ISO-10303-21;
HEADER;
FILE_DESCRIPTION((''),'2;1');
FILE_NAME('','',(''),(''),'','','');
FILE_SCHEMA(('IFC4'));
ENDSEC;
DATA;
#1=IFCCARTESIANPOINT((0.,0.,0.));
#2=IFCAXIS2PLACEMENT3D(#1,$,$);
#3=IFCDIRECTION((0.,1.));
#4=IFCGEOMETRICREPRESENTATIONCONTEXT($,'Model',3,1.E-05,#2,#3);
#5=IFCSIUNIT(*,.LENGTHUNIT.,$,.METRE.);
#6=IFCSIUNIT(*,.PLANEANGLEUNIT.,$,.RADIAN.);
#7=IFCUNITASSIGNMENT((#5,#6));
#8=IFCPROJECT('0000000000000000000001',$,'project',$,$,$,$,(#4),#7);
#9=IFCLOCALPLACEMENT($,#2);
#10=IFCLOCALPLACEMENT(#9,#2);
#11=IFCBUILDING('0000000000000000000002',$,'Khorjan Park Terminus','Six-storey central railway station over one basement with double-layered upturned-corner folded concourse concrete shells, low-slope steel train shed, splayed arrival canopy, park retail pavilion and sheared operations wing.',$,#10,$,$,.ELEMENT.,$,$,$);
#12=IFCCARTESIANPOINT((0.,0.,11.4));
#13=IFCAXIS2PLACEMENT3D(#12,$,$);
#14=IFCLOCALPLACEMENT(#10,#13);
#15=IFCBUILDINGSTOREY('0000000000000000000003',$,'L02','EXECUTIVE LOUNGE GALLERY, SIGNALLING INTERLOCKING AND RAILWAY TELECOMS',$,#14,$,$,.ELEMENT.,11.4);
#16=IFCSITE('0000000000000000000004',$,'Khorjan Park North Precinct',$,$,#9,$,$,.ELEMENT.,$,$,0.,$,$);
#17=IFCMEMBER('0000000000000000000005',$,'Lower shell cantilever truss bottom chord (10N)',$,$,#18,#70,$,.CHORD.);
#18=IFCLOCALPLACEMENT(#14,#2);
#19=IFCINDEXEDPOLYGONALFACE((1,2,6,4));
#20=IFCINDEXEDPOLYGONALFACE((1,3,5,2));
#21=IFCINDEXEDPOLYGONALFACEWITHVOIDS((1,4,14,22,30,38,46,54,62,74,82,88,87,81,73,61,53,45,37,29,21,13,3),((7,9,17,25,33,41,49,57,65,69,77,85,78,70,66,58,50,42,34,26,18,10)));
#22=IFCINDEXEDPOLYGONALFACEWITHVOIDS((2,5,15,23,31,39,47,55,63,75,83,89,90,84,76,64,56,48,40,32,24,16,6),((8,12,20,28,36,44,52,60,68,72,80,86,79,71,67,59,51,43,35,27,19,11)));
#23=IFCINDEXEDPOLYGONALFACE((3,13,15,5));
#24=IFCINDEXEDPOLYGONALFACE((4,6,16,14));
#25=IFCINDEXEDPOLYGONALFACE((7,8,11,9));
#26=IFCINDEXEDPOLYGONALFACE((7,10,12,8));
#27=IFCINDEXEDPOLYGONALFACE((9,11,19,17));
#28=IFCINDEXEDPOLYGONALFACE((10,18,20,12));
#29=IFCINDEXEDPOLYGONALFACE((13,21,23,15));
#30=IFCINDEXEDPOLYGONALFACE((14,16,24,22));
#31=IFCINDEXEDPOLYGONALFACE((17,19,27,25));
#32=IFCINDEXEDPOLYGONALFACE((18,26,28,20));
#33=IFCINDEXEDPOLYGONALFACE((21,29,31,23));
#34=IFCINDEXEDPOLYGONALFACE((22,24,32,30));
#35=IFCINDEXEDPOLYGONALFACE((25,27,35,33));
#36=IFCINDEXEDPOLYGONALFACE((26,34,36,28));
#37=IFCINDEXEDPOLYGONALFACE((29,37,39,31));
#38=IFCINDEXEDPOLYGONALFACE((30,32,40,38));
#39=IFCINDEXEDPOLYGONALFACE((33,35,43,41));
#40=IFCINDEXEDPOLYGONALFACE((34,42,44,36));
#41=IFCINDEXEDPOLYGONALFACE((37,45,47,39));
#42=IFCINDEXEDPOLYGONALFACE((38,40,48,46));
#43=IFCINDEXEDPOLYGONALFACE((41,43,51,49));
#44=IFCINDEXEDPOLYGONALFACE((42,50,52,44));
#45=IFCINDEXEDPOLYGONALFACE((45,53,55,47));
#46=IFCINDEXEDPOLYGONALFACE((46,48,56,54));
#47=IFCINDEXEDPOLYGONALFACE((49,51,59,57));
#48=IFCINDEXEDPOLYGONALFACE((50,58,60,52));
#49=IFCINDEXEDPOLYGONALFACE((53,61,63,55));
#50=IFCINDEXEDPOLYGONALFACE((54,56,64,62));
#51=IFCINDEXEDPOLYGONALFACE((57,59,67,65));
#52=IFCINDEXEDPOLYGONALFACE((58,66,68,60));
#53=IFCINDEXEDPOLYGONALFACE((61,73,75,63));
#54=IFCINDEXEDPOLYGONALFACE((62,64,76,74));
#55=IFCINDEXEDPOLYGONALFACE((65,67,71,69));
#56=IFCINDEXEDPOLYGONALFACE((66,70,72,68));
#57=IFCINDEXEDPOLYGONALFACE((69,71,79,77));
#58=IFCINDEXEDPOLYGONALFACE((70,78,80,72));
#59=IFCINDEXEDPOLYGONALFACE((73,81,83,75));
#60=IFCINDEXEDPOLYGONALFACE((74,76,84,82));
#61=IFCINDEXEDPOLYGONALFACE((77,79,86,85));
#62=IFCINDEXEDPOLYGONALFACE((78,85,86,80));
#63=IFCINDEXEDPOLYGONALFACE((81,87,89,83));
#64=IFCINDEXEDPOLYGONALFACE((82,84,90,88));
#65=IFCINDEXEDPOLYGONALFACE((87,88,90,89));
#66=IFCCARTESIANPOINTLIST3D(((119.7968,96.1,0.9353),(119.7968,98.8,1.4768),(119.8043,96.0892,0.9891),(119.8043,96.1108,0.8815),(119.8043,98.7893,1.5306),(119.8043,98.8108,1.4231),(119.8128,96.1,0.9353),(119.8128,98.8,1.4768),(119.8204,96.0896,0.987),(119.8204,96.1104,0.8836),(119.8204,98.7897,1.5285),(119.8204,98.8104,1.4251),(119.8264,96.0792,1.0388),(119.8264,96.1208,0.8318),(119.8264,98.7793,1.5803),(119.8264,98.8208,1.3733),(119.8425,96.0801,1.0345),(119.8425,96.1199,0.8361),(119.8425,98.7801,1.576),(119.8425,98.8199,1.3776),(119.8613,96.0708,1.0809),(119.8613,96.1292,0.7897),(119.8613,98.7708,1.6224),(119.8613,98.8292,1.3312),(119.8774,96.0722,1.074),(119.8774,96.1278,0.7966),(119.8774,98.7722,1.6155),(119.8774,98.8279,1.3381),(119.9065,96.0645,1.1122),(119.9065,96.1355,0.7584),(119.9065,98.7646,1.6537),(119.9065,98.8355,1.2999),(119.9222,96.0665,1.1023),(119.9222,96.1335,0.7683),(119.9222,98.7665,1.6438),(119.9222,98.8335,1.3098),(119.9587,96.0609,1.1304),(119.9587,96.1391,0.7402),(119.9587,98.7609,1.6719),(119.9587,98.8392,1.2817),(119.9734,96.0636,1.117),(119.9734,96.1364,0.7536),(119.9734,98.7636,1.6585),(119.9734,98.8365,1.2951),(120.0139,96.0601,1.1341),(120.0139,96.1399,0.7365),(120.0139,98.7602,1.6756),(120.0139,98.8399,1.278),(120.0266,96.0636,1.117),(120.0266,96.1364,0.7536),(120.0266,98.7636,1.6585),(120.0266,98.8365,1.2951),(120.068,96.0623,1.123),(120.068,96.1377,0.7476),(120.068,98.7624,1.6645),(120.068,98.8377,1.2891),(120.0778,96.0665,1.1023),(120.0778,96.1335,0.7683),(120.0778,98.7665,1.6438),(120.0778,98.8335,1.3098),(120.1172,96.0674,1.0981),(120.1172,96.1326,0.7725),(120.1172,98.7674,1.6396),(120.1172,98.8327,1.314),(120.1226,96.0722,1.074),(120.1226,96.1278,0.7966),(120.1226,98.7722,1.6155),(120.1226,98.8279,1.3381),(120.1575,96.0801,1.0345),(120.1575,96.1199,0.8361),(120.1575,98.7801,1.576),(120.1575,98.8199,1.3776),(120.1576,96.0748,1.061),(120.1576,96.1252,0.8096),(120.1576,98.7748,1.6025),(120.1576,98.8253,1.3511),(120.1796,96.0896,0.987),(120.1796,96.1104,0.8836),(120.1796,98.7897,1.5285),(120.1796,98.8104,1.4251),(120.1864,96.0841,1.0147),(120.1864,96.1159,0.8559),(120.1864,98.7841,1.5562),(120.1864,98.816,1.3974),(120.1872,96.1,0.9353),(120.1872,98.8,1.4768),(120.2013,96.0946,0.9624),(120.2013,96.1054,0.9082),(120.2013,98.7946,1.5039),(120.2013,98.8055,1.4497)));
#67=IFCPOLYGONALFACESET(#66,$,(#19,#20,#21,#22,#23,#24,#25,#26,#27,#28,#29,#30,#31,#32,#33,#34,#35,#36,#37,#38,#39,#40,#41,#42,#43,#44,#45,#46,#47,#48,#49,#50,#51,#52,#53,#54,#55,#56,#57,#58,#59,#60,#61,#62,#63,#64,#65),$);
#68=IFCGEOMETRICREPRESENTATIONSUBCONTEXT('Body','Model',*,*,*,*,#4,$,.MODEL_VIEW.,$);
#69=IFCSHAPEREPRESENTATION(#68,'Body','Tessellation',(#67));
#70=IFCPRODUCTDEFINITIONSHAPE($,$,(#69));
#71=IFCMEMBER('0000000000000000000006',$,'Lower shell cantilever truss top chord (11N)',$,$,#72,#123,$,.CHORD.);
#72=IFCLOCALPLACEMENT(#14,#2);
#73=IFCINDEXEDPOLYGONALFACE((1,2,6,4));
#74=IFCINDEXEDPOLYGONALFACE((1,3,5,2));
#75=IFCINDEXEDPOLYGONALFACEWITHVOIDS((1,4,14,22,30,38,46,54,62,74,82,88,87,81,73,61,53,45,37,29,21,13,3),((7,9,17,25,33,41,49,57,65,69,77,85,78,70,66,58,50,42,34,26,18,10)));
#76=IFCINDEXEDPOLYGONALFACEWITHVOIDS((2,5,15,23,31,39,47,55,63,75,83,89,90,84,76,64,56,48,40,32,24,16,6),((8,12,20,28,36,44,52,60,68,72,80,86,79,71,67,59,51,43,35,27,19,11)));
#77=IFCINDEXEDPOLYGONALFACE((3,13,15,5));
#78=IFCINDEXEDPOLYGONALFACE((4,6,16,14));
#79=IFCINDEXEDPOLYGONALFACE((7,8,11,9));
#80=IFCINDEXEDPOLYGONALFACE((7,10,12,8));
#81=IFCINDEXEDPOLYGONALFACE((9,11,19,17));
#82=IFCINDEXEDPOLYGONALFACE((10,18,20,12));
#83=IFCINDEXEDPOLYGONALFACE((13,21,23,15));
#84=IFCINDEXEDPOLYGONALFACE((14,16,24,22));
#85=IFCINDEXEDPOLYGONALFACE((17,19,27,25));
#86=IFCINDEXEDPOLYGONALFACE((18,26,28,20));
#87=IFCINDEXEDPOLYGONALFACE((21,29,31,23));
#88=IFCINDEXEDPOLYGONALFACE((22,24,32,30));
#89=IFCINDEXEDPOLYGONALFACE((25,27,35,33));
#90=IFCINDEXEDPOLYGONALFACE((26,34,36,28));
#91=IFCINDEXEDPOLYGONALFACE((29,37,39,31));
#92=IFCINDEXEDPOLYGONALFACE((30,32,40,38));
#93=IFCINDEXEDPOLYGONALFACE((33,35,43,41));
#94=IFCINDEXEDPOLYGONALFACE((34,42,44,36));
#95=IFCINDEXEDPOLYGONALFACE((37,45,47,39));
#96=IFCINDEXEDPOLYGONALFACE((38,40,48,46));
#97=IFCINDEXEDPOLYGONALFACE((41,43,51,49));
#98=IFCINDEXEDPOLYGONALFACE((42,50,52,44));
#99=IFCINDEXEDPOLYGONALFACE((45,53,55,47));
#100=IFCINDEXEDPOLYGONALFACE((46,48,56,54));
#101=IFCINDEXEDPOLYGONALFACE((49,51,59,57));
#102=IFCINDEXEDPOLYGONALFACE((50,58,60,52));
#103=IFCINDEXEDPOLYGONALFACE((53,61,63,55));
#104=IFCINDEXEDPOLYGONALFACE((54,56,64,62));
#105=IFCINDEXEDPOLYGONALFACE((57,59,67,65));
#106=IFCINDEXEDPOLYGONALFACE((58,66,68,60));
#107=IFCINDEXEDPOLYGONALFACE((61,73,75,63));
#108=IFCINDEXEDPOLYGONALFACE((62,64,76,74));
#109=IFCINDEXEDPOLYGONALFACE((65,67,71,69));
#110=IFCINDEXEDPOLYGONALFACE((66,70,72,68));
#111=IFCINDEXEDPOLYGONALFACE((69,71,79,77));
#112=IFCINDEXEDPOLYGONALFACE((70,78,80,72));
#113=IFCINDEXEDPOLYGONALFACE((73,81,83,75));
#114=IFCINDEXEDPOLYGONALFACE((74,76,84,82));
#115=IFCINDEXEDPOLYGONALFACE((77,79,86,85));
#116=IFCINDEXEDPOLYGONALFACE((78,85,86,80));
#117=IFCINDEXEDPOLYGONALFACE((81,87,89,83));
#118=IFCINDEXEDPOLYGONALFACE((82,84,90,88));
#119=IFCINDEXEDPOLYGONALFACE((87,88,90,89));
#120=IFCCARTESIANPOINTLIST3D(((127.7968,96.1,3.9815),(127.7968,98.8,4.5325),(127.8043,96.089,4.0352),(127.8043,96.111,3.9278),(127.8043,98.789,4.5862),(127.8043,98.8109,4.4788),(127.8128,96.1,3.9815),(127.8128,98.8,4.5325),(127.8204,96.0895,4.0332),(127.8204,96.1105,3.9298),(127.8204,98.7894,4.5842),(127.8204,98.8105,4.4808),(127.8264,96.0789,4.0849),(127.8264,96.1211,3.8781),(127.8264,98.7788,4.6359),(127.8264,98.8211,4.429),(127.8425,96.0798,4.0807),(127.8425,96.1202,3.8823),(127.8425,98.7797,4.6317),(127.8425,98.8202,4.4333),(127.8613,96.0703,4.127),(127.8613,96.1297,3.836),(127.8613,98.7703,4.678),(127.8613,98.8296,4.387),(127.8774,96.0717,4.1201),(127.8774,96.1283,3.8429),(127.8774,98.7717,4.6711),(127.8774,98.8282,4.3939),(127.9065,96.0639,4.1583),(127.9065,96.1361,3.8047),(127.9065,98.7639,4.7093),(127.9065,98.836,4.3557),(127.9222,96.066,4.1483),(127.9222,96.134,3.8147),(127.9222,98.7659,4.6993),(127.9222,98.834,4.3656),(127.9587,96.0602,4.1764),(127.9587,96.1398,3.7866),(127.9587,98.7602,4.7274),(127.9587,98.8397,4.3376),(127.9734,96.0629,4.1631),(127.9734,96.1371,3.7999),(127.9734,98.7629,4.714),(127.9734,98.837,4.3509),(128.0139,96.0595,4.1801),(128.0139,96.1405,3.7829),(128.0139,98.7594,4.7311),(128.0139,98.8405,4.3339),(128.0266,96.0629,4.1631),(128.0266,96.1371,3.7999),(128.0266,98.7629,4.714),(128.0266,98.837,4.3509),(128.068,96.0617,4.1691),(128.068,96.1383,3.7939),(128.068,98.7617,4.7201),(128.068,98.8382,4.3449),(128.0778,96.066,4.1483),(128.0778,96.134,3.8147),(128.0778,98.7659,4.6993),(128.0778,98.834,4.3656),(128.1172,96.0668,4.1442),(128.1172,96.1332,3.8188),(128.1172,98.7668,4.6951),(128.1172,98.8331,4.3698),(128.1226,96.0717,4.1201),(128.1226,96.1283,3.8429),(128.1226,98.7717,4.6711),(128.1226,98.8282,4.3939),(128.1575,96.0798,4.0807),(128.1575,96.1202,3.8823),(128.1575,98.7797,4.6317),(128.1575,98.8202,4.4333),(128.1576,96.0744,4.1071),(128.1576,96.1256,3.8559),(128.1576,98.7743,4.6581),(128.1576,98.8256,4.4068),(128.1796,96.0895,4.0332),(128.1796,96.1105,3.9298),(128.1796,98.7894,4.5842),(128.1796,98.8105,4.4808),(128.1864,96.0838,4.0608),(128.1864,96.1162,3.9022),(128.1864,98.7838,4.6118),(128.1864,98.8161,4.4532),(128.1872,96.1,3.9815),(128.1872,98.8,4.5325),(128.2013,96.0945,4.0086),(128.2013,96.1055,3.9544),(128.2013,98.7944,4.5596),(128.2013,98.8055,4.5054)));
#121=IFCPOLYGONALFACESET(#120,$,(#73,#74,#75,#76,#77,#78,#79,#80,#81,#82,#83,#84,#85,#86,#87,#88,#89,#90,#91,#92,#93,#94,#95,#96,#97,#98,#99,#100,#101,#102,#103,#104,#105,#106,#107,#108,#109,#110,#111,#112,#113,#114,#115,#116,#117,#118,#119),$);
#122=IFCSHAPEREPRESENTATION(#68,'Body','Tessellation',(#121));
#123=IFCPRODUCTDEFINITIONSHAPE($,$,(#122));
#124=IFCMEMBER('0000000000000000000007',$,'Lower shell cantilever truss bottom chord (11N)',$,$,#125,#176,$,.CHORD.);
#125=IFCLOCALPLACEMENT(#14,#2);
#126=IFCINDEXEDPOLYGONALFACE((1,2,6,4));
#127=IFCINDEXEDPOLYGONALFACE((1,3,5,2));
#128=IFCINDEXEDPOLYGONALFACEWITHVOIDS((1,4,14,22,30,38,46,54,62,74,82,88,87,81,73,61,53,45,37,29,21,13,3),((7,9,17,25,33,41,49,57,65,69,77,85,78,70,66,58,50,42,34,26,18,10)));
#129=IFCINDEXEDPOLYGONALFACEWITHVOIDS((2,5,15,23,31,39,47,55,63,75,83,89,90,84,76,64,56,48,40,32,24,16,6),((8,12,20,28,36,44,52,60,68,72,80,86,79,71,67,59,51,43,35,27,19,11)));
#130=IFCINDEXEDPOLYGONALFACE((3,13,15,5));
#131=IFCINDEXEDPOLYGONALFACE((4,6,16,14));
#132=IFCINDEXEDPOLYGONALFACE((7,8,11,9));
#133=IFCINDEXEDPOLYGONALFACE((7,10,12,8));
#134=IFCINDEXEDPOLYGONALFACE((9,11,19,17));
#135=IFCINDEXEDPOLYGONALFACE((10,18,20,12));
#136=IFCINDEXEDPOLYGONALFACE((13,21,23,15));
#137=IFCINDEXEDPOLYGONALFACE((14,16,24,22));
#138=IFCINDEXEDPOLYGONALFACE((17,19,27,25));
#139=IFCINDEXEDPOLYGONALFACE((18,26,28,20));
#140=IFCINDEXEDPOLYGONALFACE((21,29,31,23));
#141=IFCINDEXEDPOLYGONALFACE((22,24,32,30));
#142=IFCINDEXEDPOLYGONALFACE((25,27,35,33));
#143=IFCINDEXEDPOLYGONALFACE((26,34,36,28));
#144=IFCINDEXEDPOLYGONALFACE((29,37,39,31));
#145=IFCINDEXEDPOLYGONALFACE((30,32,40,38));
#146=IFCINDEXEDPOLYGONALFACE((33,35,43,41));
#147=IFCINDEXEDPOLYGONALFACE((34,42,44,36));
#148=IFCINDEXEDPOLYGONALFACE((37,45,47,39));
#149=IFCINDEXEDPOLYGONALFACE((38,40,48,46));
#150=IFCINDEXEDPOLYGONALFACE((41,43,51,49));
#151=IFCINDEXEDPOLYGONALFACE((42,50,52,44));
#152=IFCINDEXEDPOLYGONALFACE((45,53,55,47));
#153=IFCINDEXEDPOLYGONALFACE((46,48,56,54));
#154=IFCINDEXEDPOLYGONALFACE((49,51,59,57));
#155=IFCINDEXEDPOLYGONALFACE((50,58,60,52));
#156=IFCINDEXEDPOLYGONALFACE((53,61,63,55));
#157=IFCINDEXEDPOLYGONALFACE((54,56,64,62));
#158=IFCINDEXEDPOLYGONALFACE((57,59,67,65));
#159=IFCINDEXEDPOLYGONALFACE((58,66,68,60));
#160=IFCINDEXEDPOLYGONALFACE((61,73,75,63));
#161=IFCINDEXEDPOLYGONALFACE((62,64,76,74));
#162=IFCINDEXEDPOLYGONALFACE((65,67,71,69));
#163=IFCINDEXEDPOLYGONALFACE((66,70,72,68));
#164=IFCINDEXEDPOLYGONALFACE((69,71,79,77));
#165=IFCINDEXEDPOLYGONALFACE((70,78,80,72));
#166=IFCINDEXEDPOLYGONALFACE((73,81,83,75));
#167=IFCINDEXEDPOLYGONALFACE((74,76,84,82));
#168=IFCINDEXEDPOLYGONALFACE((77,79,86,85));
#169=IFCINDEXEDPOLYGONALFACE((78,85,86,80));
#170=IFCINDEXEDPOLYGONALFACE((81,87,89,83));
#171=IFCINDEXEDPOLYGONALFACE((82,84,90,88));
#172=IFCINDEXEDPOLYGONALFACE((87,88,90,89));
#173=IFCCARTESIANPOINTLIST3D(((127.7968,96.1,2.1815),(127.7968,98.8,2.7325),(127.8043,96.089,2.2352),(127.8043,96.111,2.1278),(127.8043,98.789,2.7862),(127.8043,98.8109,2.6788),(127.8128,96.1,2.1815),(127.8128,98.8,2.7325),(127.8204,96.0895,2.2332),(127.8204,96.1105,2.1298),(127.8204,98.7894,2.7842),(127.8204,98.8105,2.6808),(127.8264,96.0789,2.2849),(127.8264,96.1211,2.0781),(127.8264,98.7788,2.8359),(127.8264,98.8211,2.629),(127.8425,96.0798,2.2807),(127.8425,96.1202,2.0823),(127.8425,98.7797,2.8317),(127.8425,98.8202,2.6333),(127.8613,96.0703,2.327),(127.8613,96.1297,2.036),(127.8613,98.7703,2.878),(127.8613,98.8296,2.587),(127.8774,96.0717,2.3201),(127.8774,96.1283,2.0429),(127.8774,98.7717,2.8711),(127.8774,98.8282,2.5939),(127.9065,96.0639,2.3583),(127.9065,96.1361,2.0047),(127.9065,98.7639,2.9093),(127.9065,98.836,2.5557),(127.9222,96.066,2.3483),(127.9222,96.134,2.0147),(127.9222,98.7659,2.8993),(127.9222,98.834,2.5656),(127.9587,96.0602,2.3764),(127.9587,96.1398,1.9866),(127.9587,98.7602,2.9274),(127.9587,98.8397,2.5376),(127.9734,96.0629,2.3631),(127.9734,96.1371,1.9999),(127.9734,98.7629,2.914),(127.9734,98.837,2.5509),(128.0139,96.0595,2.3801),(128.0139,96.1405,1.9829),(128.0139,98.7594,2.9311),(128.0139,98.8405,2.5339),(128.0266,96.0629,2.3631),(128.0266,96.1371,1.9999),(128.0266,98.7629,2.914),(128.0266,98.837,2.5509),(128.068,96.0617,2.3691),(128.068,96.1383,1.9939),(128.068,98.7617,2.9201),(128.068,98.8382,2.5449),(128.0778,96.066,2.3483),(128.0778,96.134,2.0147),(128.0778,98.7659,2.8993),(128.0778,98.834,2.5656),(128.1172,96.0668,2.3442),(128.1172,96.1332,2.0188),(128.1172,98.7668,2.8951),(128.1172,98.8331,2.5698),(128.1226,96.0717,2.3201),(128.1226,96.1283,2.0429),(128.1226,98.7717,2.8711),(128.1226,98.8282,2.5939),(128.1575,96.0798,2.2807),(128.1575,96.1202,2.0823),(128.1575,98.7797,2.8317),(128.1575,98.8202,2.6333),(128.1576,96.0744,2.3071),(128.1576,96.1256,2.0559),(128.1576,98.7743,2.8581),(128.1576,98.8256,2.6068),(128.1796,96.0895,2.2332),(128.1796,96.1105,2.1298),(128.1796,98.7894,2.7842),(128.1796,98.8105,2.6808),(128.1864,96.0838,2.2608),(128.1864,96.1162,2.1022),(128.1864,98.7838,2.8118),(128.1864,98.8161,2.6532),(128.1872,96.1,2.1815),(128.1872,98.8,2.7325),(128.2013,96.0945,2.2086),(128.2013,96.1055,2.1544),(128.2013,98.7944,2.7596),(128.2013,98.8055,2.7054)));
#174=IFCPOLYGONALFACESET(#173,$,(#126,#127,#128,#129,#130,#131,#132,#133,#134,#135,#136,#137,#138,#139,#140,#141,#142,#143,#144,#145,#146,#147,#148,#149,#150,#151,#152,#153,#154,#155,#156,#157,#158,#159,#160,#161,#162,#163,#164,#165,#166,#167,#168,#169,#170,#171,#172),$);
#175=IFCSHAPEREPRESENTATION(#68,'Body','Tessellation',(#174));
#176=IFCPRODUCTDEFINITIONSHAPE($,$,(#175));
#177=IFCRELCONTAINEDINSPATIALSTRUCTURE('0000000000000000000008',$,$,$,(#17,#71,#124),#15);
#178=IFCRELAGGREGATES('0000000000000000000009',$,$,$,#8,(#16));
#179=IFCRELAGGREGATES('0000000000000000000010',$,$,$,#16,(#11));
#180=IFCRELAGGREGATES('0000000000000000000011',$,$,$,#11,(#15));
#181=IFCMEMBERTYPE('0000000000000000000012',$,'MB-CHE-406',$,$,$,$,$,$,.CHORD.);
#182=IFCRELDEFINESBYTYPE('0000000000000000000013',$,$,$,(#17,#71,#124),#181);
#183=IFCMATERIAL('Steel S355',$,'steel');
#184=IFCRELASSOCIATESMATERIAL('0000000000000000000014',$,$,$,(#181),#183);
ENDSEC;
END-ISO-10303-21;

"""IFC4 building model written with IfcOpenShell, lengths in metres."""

from ifc_helpers import new_model, si_unit, direction, frame, origin, origin_2d, place, context, subcontext, project, spatial, hollow_circle, extrude, material, material_profile, profile_set, type_object, element, save


model = new_model("IFC4")

# Units and contexts
model_context = context("Model", 3, precision=1e-05, world=origin(), true_north=direction((0.0, 1.0)))
body_context = subcontext(model_context, "Body", "Model", "MODEL_VIEW")
ifc_project = project(units=[si_unit("LENGTHUNIT", "METRE"), si_unit("PLANEANGLEUNIT", "RADIAN")], contexts=[model_context])

# Site, building, storey
site_placement = place(None, origin())
site = spatial("IfcSite", under=ifc_project, at=site_placement, Name="Khorjan Park North Precinct", CompositionType="ELEMENT", RefElevation=0.0)
building_placement = place(site_placement, origin())
building = spatial("IfcBuilding", under=site, at=building_placement, Name="Khorjan Park Terminus", Description="Six-storey central railway station over one basement with double-layered upturned-corner folded concourse concrete shells, low-slope steel train shed, splayed arrival canopy, park retail pavilion and sheared operations wing.", CompositionType="ELEMENT")
storey_placement = place(building_placement, frame((0.0, 0.0, 11.4)))
storey = spatial("IfcBuildingStorey", under=building, at=storey_placement, Name="L02", Description="EXECUTIVE LOUNGE GALLERY, SIGNALLING INTERLOCKING AND RAILWAY TELECOMS", CompositionType="ELEMENT", Elevation=11.4)

# Shared definitions
ifc_material = material(Name="Steel S355", Category="steel")

# Members
ifc_material_profile_1 = material_profile(ifc_material, hollow_circle(Radius=0.2032, WallThickness=0.016, at=origin_2d()), Name="CHS 406.4x16")
ifc_profile_set_1 = profile_set([ifc_material_profile_1], Name="Steel S355")
member_type_1 = type_object("IfcMemberType", Name="MB-CHE-406", PredefinedType="CHORD", material=ifc_profile_set_1)
for number, where, z_axis, x_axis, name in (
    (1, (120.0, 96.1, 0.9353), (0.0, 0.980476, 0.19664), (-1.0, 0.0, 0.0), "Lower shell cantilever truss bottom chord (10N)"),
):
    element("IfcMember", number, at=place(storey_placement, frame(where, z_axis=z_axis, x_axis=x_axis)), inside=storey, type_object=member_type_1, Name=name, PredefinedType="CHORD", context=body_context, shape_type="SweptSolid", body=[
        extrude(hollow_circle(Radius=0.2032, WallThickness=0.016, at=origin_2d()), origin(), (0.0, 0.0, 1.0), 2.7538),
    ])
for number, where, z_axis, x_axis, name in (
    (2, (128.0, 96.1, 3.9815), (0.0, 0.979806, 0.199953), (-1.0, 0.0, 0.0), "Lower shell cantilever truss top chord (11N)"),
    (3, (128.0, 96.1, 2.1815), (0.0, 0.979806, 0.199953), (-1.0, 0.0, 0.0), "Lower shell cantilever truss bottom chord (11N)"),
):
    element("IfcMember", number, at=place(storey_placement, frame(where, z_axis=z_axis, x_axis=x_axis)), inside=storey, type_object=member_type_1, Name=name, PredefinedType="CHORD", context=body_context, shape_type="SweptSolid", body=[
        extrude(hollow_circle(Radius=0.2032, WallThickness=0.016, at=origin_2d()), origin(), (0.0, 0.0, 1.0), 2.7556),
    ])

save(model, "model.ifc")
